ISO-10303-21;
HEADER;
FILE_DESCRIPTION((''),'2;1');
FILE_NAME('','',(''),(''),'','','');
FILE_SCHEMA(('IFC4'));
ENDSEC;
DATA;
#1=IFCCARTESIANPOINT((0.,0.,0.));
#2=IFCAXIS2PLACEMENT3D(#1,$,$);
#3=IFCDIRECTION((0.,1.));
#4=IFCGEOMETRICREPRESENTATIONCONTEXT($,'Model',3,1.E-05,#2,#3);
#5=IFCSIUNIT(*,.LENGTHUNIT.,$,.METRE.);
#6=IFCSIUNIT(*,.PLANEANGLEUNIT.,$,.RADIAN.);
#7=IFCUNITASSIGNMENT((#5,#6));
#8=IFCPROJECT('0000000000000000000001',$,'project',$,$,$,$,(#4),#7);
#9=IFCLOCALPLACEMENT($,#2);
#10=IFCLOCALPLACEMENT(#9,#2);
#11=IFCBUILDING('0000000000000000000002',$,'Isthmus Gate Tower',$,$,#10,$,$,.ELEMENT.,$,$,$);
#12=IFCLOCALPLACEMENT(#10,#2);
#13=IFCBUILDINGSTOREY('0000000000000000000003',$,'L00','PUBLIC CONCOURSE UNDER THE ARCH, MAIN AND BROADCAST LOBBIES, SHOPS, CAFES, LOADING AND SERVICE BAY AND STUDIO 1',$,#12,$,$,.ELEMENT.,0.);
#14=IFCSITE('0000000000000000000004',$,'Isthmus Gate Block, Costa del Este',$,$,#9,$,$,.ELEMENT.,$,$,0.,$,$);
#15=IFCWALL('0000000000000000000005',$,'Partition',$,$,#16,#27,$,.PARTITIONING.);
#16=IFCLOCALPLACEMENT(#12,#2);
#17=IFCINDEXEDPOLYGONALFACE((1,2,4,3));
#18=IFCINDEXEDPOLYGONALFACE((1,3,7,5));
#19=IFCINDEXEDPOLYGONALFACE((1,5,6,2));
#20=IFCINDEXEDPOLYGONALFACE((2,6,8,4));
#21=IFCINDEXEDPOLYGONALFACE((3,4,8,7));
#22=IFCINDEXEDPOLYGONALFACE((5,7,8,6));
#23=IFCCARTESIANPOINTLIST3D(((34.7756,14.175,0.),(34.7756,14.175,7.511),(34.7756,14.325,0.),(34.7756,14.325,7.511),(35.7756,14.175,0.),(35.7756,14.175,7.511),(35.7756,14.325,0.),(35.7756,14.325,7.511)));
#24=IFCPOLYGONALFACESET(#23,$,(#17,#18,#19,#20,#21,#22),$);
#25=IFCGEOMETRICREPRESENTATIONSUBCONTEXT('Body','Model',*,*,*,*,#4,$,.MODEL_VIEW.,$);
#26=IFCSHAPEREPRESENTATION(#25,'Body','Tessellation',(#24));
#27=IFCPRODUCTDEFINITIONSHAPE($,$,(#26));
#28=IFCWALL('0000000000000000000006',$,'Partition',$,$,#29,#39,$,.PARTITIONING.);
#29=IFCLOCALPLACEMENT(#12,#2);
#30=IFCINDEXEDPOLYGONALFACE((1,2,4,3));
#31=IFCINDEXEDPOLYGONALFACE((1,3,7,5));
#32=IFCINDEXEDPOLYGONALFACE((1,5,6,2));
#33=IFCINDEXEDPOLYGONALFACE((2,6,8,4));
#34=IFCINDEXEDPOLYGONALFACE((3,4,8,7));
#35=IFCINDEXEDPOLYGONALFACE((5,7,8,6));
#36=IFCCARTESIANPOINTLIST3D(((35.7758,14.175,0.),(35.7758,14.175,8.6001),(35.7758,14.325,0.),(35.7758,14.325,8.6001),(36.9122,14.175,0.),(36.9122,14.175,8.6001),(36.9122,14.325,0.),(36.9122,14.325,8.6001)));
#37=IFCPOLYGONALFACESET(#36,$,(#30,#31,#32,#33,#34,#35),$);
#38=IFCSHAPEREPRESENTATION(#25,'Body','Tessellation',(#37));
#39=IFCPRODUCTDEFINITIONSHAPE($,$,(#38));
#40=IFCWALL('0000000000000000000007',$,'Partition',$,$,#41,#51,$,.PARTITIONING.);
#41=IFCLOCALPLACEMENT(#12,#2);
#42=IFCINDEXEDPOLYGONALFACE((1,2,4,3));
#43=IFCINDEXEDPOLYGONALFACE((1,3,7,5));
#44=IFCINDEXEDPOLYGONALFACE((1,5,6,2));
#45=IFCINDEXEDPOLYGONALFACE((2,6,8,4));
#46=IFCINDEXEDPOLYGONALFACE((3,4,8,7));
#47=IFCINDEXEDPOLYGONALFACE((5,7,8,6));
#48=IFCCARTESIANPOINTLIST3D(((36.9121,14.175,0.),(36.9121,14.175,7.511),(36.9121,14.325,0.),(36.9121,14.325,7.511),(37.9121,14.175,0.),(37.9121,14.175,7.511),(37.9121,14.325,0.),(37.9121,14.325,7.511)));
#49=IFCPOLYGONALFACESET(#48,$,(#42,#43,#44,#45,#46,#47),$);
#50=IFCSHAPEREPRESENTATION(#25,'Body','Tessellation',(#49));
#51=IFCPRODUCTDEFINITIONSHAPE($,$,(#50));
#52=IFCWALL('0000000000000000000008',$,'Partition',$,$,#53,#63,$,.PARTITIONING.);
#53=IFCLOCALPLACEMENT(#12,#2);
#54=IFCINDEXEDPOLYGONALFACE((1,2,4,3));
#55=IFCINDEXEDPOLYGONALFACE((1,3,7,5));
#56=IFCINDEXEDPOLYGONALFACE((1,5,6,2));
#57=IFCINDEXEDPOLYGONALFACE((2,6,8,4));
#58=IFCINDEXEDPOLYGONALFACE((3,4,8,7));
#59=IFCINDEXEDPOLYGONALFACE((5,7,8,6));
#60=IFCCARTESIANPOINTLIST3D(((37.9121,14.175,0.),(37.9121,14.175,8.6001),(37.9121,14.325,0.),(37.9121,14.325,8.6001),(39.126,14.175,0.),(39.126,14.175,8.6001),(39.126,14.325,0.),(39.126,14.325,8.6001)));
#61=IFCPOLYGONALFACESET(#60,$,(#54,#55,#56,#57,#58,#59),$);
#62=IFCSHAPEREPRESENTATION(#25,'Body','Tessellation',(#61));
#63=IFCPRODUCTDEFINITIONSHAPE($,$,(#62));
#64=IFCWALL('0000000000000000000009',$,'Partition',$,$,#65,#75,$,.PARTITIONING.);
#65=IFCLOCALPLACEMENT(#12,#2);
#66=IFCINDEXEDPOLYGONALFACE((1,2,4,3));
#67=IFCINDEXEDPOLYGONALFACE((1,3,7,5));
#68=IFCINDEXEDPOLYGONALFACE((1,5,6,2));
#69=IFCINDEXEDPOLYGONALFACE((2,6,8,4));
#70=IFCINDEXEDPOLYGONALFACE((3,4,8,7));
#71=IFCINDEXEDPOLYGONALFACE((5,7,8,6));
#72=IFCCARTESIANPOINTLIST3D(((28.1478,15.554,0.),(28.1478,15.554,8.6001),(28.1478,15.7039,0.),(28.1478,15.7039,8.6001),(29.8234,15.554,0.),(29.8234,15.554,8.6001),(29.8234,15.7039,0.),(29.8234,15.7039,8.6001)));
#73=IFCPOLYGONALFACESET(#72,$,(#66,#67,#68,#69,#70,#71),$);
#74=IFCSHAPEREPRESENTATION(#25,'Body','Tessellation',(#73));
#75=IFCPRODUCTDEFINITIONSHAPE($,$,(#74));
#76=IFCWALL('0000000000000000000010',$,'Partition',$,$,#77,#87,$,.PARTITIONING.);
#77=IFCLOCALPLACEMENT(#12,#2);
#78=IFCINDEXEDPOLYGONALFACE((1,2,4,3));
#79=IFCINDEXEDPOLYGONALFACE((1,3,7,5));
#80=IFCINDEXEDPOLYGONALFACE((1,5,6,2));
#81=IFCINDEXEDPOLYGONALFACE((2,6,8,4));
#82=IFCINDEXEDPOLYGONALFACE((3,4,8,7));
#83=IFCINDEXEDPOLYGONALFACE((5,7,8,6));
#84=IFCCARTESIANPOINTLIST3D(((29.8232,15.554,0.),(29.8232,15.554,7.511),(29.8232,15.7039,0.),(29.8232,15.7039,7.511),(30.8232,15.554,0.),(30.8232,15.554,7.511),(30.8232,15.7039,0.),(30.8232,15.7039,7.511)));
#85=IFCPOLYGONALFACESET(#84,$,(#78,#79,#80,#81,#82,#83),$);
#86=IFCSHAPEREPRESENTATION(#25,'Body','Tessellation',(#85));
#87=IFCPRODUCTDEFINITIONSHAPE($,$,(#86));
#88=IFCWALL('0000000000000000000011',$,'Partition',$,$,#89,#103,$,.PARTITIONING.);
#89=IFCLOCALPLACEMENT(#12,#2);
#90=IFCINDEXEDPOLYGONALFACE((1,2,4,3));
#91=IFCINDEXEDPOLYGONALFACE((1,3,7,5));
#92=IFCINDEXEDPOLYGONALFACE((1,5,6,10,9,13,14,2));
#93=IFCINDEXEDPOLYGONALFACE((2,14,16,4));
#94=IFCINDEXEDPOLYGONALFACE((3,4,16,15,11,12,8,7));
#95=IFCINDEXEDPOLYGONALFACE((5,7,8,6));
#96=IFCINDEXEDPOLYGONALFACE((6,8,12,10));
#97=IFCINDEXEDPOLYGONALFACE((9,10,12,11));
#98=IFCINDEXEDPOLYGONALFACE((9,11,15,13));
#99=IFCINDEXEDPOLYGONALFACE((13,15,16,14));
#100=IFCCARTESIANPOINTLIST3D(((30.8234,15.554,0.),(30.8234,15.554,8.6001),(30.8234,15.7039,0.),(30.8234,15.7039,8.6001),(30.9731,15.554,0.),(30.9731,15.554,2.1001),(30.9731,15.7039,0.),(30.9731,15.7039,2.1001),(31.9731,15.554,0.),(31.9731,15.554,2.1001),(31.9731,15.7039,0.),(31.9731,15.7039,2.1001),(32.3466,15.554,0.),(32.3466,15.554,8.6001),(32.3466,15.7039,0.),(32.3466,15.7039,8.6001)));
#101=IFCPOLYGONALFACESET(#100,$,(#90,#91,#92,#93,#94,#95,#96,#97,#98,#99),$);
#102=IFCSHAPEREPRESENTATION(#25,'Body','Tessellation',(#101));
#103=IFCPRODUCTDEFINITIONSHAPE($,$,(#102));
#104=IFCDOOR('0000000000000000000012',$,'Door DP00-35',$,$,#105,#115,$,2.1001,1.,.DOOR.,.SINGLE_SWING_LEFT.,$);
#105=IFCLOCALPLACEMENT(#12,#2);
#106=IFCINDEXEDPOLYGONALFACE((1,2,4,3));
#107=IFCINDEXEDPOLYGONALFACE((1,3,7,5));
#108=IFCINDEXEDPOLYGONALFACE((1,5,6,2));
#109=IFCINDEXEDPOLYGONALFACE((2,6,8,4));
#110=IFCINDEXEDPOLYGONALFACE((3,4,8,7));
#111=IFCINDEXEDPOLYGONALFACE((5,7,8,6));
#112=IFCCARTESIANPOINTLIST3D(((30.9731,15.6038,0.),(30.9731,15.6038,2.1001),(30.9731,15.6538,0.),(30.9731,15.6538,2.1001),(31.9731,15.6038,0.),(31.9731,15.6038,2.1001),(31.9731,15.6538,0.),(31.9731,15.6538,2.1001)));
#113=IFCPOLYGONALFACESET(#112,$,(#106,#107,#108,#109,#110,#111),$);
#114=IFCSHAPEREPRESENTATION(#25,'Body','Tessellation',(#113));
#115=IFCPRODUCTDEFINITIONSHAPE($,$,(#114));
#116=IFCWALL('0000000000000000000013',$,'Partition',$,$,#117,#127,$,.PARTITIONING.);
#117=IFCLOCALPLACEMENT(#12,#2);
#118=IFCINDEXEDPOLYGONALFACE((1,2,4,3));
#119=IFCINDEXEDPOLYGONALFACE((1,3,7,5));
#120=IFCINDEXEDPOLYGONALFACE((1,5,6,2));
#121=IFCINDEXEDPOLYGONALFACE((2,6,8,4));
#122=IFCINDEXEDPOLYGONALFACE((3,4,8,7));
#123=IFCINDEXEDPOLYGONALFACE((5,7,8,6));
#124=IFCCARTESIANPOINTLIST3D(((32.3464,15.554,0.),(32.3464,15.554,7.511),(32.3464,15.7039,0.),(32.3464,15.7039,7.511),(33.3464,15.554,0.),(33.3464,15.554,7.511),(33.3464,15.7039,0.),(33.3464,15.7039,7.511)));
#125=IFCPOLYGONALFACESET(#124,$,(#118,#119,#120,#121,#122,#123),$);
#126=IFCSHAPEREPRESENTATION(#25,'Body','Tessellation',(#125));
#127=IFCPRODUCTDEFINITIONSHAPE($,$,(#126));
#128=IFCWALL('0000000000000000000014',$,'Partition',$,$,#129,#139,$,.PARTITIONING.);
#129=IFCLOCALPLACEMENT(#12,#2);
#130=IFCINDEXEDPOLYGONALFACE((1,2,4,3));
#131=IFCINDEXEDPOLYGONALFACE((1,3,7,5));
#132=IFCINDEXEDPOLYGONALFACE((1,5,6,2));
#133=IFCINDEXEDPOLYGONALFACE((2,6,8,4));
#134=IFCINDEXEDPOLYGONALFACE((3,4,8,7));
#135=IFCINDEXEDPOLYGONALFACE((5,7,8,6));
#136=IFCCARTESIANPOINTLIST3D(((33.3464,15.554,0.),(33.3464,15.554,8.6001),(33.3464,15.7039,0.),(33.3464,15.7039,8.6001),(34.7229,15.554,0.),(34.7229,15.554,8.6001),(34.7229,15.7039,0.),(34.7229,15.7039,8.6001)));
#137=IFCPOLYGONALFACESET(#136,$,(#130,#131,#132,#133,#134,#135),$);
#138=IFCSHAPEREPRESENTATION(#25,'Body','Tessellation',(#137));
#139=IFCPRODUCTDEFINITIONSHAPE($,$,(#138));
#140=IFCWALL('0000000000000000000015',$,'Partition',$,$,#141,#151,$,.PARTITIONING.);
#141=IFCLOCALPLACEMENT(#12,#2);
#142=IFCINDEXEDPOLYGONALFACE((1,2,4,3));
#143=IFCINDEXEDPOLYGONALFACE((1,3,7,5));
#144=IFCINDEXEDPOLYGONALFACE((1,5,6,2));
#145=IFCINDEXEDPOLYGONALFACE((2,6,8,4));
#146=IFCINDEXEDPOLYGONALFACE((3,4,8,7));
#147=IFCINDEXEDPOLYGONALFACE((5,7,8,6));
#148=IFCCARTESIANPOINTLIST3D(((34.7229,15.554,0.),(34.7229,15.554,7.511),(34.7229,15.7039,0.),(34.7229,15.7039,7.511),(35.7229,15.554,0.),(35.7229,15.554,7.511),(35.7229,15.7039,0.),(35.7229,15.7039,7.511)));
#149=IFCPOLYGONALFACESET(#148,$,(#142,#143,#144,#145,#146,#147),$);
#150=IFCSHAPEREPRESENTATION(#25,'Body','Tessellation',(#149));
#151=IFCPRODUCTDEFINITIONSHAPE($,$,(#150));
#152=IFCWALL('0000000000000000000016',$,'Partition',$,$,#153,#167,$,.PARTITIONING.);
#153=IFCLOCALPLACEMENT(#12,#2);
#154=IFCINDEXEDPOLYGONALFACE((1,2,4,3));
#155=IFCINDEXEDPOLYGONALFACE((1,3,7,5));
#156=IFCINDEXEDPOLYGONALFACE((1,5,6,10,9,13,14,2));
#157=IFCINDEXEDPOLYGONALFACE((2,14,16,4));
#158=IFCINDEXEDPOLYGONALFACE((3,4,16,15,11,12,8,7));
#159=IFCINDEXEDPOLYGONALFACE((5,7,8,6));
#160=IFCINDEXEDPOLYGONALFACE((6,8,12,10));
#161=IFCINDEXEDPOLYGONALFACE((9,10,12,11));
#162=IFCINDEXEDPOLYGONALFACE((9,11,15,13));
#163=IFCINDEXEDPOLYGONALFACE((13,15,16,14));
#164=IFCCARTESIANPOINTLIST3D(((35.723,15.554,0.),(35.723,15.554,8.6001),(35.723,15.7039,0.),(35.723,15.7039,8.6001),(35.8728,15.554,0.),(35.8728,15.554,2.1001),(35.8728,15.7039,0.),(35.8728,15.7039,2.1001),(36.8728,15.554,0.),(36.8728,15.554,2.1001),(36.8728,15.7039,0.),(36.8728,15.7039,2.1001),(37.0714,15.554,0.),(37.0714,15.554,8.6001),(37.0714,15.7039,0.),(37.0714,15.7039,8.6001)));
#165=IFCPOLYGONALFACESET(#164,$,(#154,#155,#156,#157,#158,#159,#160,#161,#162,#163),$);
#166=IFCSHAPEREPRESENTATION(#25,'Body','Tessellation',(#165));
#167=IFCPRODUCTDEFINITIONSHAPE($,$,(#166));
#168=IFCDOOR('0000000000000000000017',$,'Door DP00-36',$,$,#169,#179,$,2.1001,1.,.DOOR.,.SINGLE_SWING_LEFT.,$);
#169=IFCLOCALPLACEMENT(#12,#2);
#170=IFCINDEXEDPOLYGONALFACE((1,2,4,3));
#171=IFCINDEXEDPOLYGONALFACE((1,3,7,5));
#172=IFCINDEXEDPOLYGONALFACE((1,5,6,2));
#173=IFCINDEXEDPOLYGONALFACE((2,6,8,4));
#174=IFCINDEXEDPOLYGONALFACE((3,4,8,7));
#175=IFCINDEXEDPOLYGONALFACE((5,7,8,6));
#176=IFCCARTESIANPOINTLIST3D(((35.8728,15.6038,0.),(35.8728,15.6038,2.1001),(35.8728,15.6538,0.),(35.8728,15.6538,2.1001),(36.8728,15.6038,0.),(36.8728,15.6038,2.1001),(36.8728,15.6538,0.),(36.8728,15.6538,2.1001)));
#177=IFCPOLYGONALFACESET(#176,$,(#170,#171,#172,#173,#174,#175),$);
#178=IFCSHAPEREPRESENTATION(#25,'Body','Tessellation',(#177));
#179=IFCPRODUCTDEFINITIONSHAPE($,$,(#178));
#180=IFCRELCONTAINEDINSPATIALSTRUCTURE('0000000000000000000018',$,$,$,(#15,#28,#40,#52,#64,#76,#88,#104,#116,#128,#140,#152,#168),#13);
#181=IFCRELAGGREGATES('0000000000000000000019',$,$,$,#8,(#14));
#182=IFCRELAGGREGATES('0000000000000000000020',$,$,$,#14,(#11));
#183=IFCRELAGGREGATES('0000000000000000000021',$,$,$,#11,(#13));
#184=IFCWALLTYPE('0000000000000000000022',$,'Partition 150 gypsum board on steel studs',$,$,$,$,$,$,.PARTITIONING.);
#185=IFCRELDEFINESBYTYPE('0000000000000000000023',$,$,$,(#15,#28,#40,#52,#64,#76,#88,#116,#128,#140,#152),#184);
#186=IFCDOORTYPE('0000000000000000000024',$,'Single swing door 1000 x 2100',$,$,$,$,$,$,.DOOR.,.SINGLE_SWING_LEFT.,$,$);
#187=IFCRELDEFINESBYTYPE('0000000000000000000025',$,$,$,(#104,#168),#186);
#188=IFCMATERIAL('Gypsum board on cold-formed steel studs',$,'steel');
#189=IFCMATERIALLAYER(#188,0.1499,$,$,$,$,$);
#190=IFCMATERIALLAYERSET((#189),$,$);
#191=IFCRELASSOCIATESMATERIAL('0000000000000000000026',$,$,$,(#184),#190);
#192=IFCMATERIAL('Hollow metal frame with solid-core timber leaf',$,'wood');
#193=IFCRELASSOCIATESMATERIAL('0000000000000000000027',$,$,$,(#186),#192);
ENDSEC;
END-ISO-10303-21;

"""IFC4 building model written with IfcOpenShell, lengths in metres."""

from ifc_helpers import new_model, si_unit, direction, frame, frame_2d, origin, place, context, subcontext, project, spatial, rectangle, extrude, material, layer, layer_set, type_object, element, fill, save


model = new_model("IFC4")

# Units and contexts
model_context = context("Model", 3, precision=1e-05, world=origin(), true_north=direction((0.0, 1.0)))
body_context = subcontext(model_context, "Body", "Model", "MODEL_VIEW")
ifc_project = project(units=[si_unit("LENGTHUNIT", "METRE"), si_unit("PLANEANGLEUNIT", "RADIAN")], contexts=[model_context])

# Site, building, storey
site_placement = place(None, origin())
site = spatial("IfcSite", under=ifc_project, at=site_placement, Name="Isthmus Gate Block, Costa del Este", CompositionType="ELEMENT", RefElevation=0.0)
building_placement = place(site_placement, origin())
building = spatial("IfcBuilding", under=site, at=building_placement, Name="Isthmus Gate Tower", CompositionType="ELEMENT")
storey_placement = place(building_placement, origin())
storey = spatial("IfcBuildingStorey", under=building, at=storey_placement, Name="L00", Description="PUBLIC CONCOURSE UNDER THE ARCH, MAIN AND BROADCAST LOBBIES, SHOPS, CAFES, LOADING AND SERVICE BAY AND STUDIO 1", CompositionType="ELEMENT", Elevation=0.0)

# Shared definitions
ifc_material_1 = material(Name="Gypsum board on cold-formed steel studs", Category="steel")
ifc_layer_1 = layer(ifc_material_1, 0.1499)
ifc_layer_set_1 = layer_set([ifc_layer_1])
wall_type_1 = type_object("IfcWallType", Name="Partition 150 gypsum board on steel studs", PredefinedType="PARTITIONING", material=ifc_layer_set_1)

# Shared definitions
ifc_material_2 = material(Name="Hollow metal frame with solid-core timber leaf", Category="wood")
door_type = type_object("IfcDoorType", Name="Single swing door 1000 x 2100", OperationType="SINGLE_SWING_LEFT", PredefinedType="DOOR", material=ifc_material_2)

# Walls
wall_1_placement = place(storey_placement, frame((34.7756, 14.25, 0.0), z_axis=(0.0, 0.0, 1.0), x_axis=(1.0, 0.0, 0.0)))
element("IfcWall", 1, at=wall_1_placement, inside=storey, type_object=wall_type_1, Name="Partition", PredefinedType="PARTITIONING", context=body_context, shape_type="SweptSolid", body=[
    extrude(rectangle(XDim=1.0, YDim=0.1499, at=frame_2d((0.5, 0.0))), origin(), (0.0, 0.0, 1.0), 7.511),
])
wall_2_placement = place(storey_placement, frame((35.7756, 14.25, 0.0), z_axis=(0.0, 0.0, 1.0), x_axis=(1.0, 0.0, 0.0)))
element("IfcWall", 2, at=wall_2_placement, inside=storey, type_object=wall_type_1, Name="Partition", PredefinedType="PARTITIONING", context=body_context, shape_type="SweptSolid", body=[
    extrude(rectangle(XDim=1.1365, YDim=0.1499, at=frame_2d((0.5684, 0.0))), origin(), (0.0, 0.0, 1.0), 8.6001),
])
wall_3_placement = place(storey_placement, frame((36.9121, 14.25, 0.0), z_axis=(0.0, 0.0, 1.0), x_axis=(1.0, 0.0, 0.0)))
element("IfcWall", 3, at=wall_3_placement, inside=storey, type_object=wall_type_1, Name="Partition", PredefinedType="PARTITIONING", context=body_context, shape_type="SweptSolid", body=[
    extrude(rectangle(XDim=1.0, YDim=0.1499, at=frame_2d((0.5, 0.0))), origin(), (0.0, 0.0, 1.0), 7.511),
])
wall_4_placement = place(storey_placement, frame((37.9121, 14.25, 0.0), z_axis=(0.0, 0.0, 1.0), x_axis=(1.0, 0.0, 0.0)))
element("IfcWall", 4, at=wall_4_placement, inside=storey, type_object=wall_type_1, Name="Partition", PredefinedType="PARTITIONING", context=body_context, shape_type="SweptSolid", body=[
    extrude(rectangle(XDim=1.2139, YDim=0.1499, at=frame_2d((0.6069, 0.0))), origin(), (0.0, 0.0, 1.0), 8.6001),
])
wall_5_placement = place(storey_placement, frame((28.1477, 15.6289, 0.0), z_axis=(0.0, 0.0, 1.0), x_axis=(1.0, 0.0, 0.0)))
element("IfcWall", 5, at=wall_5_placement, inside=storey, type_object=wall_type_1, Name="Partition", PredefinedType="PARTITIONING", context=body_context, shape_type="SweptSolid", body=[
    extrude(rectangle(XDim=1.6755, YDim=0.1499, at=frame_2d((0.8379, 0.0))), origin(), (0.0, 0.0, 1.0), 8.6001),
])
wall_6_placement = place(storey_placement, frame((29.8232, 15.6289, 0.0), z_axis=(0.0, 0.0, 1.0), x_axis=(1.0, 0.0, 0.0)))
element("IfcWall", 6, at=wall_6_placement, inside=storey, type_object=wall_type_1, Name="Partition", PredefinedType="PARTITIONING", context=body_context, shape_type="SweptSolid", body=[
    extrude(rectangle(XDim=1.0, YDim=0.1499, at=frame_2d((0.5, 0.0))), origin(), (0.0, 0.0, 1.0), 7.511),
])

# Wall, opening, door
wall_7_placement = place(storey_placement, frame((30.8232, 15.6289, 0.0), z_axis=(0.0, 0.0, 1.0), x_axis=(1.0, 0.0, 0.0)))
wall_7 = element("IfcWall", 7, at=wall_7_placement, inside=storey, type_object=wall_type_1, Name="Partition", PredefinedType="PARTITIONING", context=body_context, shape_type="SweptSolid", body=[
    extrude(rectangle(XDim=1.5232, YDim=0.1499, at=frame_2d((0.7617, 0.0))), origin(), (0.0, 0.0, 1.0), 8.6001),
])
opening_1_placement = place(wall_7_placement, frame((0.1499, 0.0, 0.0)))
opening_1 = element("IfcOpeningElement", 8, at=opening_1_placement, cuts=wall_7, PredefinedType="OPENING", context=body_context, shape_type="SweptSolid", body=[
    extrude(rectangle(XDim=1.0, YDim=2.1001, at=frame_2d((0.5, 1.05))), frame((0.0, 0.085, 0.0), z_axis=(0.0, -1.0, 0.0), x_axis=(1.0, 0.0, 0.0)), (0.0, 0.0, 1.0), 0.1699),
])
door_1_placement = place(opening_1_placement, origin())
door_1 = element("IfcDoor", 9, at=door_1_placement, inside=storey, type_object=door_type, Name="Door DP00-35", OperationType="SINGLE_SWING_LEFT", OverallHeight=2.1001, OverallWidth=1.0, PredefinedType="DOOR", context=body_context, shape_type="SweptSolid", body=[
    extrude(rectangle(XDim=1.0, YDim=2.1001, at=frame_2d((0.5, 1.05))), frame((0.0, 0.0249, 0.0), z_axis=(0.0, -1.0, 0.0), x_axis=(1.0, 0.0, 0.0)), (0.0, 0.0, 1.0), 0.05),
])
fill(opening_1, door_1)

# Walls
wall_8_placement = place(storey_placement, frame((32.3464, 15.6289, 0.0), z_axis=(0.0, 0.0, 1.0), x_axis=(1.0, 0.0, 0.0)))
element("IfcWall", 10, at=wall_8_placement, inside=storey, type_object=wall_type_1, Name="Partition", PredefinedType="PARTITIONING", context=body_context, shape_type="SweptSolid", body=[
    extrude(rectangle(XDim=1.0, YDim=0.1499, at=frame_2d((0.5, 0.0))), origin(), (0.0, 0.0, 1.0), 7.511),
])
wall_9_placement = place(storey_placement, frame((33.3464, 15.6289, 0.0), z_axis=(0.0, 0.0, 1.0), x_axis=(1.0, 0.0, 0.0)))
element("IfcWall", 11, at=wall_9_placement, inside=storey, type_object=wall_type_1, Name="Partition", PredefinedType="PARTITIONING", context=body_context, shape_type="SweptSolid", body=[
    extrude(rectangle(XDim=1.3765, YDim=0.1499, at=frame_2d((0.6882, 0.0))), origin(), (0.0, 0.0, 1.0), 8.6001),
])
wall_10_placement = place(storey_placement, frame((34.7229, 15.6289, 0.0), z_axis=(0.0, 0.0, 1.0), x_axis=(1.0, 0.0, 0.0)))
element("IfcWall", 12, at=wall_10_placement, inside=storey, type_object=wall_type_1, Name="Partition", PredefinedType="PARTITIONING", context=body_context, shape_type="SweptSolid", body=[
    extrude(rectangle(XDim=1.0, YDim=0.1499, at=frame_2d((0.5, 0.0))), origin(), (0.0, 0.0, 1.0), 7.511),
])

# Wall, opening, door
wall_11_placement = place(storey_placement, frame((35.7229, 15.6289, 0.0), z_axis=(0.0, 0.0, 1.0), x_axis=(1.0, 0.0, 0.0)))
wall_11 = element("IfcWall", 13, at=wall_11_placement, inside=storey, type_object=wall_type_1, Name="Partition", PredefinedType="PARTITIONING", context=body_context, shape_type="SweptSolid", body=[
    extrude(rectangle(XDim=1.3484, YDim=0.1499, at=frame_2d((0.6743, 0.0))), origin(), (0.0, 0.0, 1.0), 8.6001),
])
opening_2_placement = place(wall_11_placement, frame((0.1499, 0.0, 0.0)))
opening_2 = element("IfcOpeningElement", 14, at=opening_2_placement, cuts=wall_11, PredefinedType="OPENING", context=body_context, shape_type="SweptSolid", body=[
    extrude(rectangle(XDim=1.0, YDim=2.1001, at=frame_2d((0.5, 1.05))), frame((0.0, 0.085, 0.0), z_axis=(0.0, -1.0, 0.0), x_axis=(1.0, 0.0, 0.0)), (0.0, 0.0, 1.0), 0.1699),
])
door_2_placement = place(opening_2_placement, origin())
door_2 = element("IfcDoor", 15, at=door_2_placement, inside=storey, type_object=door_type, Name="Door DP00-36", OperationType="SINGLE_SWING_LEFT", OverallHeight=2.1001, OverallWidth=1.0, PredefinedType="DOOR", context=body_context, shape_type="SweptSolid", body=[
    extrude(rectangle(XDim=1.0, YDim=2.1001, at=frame_2d((0.5, 1.05))), frame((0.0, 0.0249, 0.0), z_axis=(0.0, -1.0, 0.0), x_axis=(1.0, 0.0, 0.0)), (0.0, 0.0, 1.0), 0.05),
])
fill(opening_2, door_2)

save(model, "model.ifc")
